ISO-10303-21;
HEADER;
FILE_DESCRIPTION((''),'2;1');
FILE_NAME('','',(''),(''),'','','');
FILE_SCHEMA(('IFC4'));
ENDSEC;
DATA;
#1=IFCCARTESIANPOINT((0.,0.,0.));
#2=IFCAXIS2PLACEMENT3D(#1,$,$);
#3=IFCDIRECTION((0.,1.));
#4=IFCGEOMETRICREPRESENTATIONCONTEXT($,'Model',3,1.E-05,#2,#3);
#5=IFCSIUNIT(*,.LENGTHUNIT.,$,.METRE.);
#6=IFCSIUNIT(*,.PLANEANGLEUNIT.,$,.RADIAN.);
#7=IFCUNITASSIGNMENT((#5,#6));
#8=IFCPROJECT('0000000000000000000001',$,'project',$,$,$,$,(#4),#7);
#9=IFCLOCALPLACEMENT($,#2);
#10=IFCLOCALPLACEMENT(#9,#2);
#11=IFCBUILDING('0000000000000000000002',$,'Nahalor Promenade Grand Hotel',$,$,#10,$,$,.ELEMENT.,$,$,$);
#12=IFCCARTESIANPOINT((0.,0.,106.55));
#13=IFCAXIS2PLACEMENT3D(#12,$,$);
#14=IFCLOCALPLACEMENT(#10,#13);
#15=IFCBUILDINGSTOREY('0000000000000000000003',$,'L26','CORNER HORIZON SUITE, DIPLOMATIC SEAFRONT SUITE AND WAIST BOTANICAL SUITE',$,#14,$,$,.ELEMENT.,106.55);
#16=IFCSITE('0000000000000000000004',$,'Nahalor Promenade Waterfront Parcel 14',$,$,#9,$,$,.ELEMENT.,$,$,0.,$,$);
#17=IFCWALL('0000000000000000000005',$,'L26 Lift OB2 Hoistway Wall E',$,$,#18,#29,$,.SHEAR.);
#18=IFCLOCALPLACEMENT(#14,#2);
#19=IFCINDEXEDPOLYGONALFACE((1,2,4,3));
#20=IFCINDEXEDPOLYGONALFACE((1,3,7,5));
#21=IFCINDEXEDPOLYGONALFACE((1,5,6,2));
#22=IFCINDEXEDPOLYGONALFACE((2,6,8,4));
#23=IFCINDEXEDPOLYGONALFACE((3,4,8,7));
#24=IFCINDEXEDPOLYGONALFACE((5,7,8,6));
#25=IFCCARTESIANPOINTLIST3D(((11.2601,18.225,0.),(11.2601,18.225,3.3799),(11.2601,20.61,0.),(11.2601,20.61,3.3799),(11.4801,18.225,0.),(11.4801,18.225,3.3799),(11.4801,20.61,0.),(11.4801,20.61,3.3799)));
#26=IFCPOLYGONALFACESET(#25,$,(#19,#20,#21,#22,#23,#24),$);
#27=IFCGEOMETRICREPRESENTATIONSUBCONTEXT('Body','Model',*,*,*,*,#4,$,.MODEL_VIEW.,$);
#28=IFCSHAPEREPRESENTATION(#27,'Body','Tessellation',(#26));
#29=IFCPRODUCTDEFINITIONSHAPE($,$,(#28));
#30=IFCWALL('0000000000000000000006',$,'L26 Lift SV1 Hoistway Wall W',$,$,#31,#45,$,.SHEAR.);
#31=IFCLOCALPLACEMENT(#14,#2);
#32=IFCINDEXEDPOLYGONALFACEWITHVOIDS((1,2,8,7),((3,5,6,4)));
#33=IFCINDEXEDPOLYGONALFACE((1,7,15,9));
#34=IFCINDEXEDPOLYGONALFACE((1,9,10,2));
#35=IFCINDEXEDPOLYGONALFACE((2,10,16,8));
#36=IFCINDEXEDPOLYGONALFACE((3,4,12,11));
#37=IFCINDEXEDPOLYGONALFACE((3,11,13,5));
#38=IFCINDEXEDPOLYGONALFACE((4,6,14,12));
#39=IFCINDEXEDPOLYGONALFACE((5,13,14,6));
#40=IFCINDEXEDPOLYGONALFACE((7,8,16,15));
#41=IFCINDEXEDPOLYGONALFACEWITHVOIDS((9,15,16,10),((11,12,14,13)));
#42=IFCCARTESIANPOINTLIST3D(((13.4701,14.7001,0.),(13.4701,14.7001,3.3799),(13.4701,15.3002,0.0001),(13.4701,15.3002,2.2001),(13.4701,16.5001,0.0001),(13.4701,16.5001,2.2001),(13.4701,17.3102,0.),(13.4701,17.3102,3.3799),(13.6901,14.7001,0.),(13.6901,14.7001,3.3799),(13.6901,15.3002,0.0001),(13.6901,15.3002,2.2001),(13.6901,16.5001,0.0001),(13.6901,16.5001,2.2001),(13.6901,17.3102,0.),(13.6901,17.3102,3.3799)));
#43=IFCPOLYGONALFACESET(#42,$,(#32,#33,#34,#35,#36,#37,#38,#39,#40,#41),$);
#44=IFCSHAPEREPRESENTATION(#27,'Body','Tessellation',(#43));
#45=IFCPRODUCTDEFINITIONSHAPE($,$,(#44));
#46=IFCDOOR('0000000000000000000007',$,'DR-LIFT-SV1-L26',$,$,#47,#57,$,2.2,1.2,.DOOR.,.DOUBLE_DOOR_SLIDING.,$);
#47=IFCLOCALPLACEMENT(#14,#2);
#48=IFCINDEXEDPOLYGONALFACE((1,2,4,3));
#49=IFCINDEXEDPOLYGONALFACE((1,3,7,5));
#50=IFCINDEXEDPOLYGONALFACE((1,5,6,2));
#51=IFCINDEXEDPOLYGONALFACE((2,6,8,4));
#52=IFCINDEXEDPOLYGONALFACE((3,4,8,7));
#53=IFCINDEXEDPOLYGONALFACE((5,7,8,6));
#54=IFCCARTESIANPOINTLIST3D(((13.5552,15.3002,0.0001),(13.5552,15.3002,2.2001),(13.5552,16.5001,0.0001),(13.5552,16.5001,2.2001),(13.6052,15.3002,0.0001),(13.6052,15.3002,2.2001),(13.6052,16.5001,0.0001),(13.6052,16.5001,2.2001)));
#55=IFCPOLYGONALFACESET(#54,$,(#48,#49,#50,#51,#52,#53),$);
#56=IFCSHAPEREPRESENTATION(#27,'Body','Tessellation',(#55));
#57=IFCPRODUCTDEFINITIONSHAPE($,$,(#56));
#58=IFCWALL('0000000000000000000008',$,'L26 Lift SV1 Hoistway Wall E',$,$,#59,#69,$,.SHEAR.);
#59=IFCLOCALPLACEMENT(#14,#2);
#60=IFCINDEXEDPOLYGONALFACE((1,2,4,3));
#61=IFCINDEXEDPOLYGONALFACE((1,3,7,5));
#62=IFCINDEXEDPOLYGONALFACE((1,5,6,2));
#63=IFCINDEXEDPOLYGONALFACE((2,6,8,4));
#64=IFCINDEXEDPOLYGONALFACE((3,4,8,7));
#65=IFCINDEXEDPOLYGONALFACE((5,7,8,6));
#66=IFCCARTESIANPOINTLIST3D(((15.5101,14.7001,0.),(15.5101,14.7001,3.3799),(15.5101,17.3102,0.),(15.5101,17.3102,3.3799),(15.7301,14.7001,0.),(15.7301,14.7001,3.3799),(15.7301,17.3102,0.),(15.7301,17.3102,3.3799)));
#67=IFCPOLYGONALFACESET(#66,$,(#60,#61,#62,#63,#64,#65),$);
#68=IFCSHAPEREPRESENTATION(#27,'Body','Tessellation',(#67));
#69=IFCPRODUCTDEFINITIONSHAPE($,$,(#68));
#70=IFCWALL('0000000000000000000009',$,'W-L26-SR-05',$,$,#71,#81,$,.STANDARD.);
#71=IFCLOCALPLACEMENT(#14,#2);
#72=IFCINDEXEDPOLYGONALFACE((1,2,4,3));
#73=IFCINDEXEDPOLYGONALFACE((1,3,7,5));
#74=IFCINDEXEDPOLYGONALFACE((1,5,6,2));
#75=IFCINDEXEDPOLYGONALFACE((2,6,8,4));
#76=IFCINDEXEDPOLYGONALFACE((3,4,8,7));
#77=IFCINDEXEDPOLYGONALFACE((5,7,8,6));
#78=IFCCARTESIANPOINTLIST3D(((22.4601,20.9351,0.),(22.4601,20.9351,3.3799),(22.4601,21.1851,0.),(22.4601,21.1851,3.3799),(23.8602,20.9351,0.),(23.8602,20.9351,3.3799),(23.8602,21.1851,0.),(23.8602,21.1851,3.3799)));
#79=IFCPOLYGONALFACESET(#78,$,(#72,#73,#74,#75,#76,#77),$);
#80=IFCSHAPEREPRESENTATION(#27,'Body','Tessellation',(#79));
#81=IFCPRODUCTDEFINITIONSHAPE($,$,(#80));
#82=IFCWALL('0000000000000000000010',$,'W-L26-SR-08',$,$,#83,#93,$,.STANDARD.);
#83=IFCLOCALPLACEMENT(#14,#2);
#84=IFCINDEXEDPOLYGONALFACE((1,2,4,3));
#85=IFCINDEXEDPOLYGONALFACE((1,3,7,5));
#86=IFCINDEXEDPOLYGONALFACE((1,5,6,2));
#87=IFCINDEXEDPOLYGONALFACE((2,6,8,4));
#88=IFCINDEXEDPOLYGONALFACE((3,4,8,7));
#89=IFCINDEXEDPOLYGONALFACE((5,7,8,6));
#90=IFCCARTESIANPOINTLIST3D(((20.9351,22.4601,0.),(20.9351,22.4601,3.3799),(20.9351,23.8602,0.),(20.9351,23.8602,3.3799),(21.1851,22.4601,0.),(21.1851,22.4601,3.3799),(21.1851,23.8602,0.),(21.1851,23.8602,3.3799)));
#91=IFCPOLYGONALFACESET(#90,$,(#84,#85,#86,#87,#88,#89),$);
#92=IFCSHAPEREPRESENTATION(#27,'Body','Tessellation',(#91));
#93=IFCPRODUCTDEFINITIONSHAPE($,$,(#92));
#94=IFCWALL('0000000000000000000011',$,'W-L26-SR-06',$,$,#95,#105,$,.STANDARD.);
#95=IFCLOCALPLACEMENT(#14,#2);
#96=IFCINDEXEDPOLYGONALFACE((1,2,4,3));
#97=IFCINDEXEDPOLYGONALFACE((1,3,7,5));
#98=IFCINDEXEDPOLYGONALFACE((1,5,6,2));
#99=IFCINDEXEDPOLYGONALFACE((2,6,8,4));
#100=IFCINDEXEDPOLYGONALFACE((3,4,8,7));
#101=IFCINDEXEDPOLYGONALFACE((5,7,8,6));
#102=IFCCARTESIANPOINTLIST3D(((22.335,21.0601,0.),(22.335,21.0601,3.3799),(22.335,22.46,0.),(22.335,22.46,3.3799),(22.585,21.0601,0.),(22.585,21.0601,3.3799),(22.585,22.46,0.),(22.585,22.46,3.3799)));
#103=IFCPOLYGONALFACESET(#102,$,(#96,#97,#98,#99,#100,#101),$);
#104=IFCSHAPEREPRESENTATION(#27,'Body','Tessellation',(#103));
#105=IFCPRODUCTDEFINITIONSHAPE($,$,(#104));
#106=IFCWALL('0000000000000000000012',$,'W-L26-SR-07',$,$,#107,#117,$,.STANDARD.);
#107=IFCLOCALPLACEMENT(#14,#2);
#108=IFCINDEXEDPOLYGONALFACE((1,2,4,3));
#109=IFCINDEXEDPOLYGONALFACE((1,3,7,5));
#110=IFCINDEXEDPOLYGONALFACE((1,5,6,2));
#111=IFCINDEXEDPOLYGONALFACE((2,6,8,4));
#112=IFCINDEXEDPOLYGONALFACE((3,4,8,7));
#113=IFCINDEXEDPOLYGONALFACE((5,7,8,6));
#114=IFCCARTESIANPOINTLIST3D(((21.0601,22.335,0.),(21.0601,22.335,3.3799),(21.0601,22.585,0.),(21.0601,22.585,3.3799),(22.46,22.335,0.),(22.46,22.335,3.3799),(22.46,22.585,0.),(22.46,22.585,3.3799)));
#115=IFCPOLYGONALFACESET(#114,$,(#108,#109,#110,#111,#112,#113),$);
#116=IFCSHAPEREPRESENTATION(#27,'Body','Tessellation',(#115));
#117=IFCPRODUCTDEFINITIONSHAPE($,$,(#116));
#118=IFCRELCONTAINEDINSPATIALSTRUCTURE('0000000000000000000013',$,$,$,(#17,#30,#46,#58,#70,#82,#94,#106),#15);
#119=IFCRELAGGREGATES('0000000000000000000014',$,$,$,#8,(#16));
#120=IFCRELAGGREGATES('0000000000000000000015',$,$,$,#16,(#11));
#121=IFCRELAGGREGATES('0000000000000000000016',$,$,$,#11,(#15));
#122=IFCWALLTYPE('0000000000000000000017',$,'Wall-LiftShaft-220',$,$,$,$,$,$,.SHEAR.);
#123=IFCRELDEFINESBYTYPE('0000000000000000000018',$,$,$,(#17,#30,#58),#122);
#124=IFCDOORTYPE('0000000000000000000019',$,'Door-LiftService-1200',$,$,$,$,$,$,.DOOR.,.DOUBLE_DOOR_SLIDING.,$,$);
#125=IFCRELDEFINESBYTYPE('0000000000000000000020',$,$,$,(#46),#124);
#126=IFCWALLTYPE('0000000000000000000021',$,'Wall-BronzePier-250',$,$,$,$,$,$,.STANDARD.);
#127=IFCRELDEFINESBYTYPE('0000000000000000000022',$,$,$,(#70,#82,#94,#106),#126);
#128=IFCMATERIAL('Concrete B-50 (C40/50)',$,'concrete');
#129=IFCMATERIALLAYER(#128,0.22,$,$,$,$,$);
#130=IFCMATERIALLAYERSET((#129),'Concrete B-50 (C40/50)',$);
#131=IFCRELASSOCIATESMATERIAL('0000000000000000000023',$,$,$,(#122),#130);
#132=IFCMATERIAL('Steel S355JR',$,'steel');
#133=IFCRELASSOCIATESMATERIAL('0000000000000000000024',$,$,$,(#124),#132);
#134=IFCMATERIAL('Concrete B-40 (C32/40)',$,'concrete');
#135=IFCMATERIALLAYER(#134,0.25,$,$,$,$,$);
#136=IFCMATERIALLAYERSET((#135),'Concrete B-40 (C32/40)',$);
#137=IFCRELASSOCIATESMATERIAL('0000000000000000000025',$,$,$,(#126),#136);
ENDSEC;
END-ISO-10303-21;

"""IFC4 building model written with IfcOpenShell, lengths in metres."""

from ifc_helpers import new_model, si_unit, direction, frame, frame_2d, origin, place, context, subcontext, project, spatial, rectangle, extrude, source, transform, mapped, material, layer, layer_set, type_object, element, fill, save


model = new_model("IFC4")

# Units and contexts
model_context = context("Model", 3, precision=1e-05, world=origin(), true_north=direction((0.0, 1.0)))
body_context = subcontext(model_context, "Body", "Model", "MODEL_VIEW")
ifc_project = project(units=[si_unit("LENGTHUNIT", "METRE"), si_unit("PLANEANGLEUNIT", "RADIAN")], contexts=[model_context])

# Site, building, storey
site_placement = place(None, origin())
site = spatial("IfcSite", under=ifc_project, at=site_placement, Name="Nahalor Promenade Waterfront Parcel 14", CompositionType="ELEMENT", RefElevation=0.0)
building_placement = place(site_placement, origin())
building = spatial("IfcBuilding", under=site, at=building_placement, Name="Nahalor Promenade Grand Hotel", CompositionType="ELEMENT")
storey_placement = place(building_placement, frame((0.0, 0.0, 106.55)))
storey = spatial("IfcBuildingStorey", under=building, at=storey_placement, Name="L26", Description="CORNER HORIZON SUITE, DIPLOMATIC SEAFRONT SUITE AND WAIST BOTANICAL SUITE", CompositionType="ELEMENT", Elevation=106.55)

# Shared definitions
ifc_material_1 = material(Name="Steel S355JR", Category="steel")

# Shared definitions
ifc_material_2 = material(Name="Concrete B-50 (C40/50)", Category="concrete")
ifc_layer_1 = layer(ifc_material_2, 0.22)
ifc_layer_set_1 = layer_set([ifc_layer_1], Name="Concrete B-50 (C40/50)")
wall_type_1 = type_object("IfcWallType", Name="Wall-LiftShaft-220", PredefinedType="SHEAR", material=ifc_layer_set_1)

# Wall
shared_shape_1 = source(origin(), body_context, "Body", "SweptSolid", [
    extrude(rectangle(XDim=2.385, YDim=0.22, at=frame_2d((1.1924, 0.0))), origin(), (0.0, 0.0, 1.0), 3.3799),
])
for number, where, z_axis, x_axis, name in (
    (1, (11.3701, 18.2251, 0.0), (0.0, 0.0, 1.0), (0.0, 1.0, 0.0), "L26 Lift OB2 Hoistway Wall E"),
):
    element("IfcWall", number, at=place(storey_placement, frame(where, z_axis=z_axis, x_axis=x_axis)), inside=storey, type_object=wall_type_1, Name=name, PredefinedType="SHEAR", context=body_context, shape_type="MappedRepresentation", body=[
        mapped(shared_shape_1, transform((0.0, 0.0, 0.0), scale=1.0)),
    ])

# Wall, opening, door
shared_shape_2 = source(origin(), body_context, "Body", "SweptSolid", [
    extrude(rectangle(XDim=2.6101, YDim=0.22, at=frame_2d((1.3052, 0.0))), origin(), (0.0, 0.0, 1.0), 3.3799),
])
wall_1_placement = place(storey_placement, frame((13.5801, 14.7, 0.0), z_axis=(0.0, 0.0, 1.0), x_axis=(0.0, 1.0, 0.0)))
wall_1 = element("IfcWall", 2, at=wall_1_placement, inside=storey, type_object=wall_type_1, Name="L26 Lift SV1 Hoistway Wall W", PredefinedType="SHEAR", context=body_context, shape_type="MappedRepresentation", body=[
    mapped(shared_shape_2, transform((0.0, 0.0, 0.0), scale=1.0)),
])
opening_1_placement = place(wall_1_placement, frame((0.6001, 0.0, 0.0)))
opening_1 = element("IfcOpeningElement", 3, at=opening_1_placement, cuts=wall_1, PredefinedType="OPENING", context=body_context, shape_type="SweptSolid", body=[
    extrude(rectangle(XDim=1.2, YDim=2.2, at=frame_2d((0.6001, 1.1001))), frame((0.0, 0.1199, 0.0), z_axis=(0.0, -1.0, 0.0), x_axis=(1.0, 0.0, 0.0)), (0.0, 0.0, 1.0), 0.24),
])
door_type_1 = type_object("IfcDoorType", Name="Door-LiftService-1200", OperationType="DOUBLE_DOOR_SLIDING", PredefinedType="DOOR", material=ifc_material_1)
shared_shape_3 = source(origin(), body_context, "Body", "SweptSolid", [
    extrude(rectangle(XDim=1.2, YDim=2.2, at=frame_2d((0.6001, 1.1001))), frame((0.0, 0.0249, 0.0), z_axis=(0.0, -1.0, 0.0), x_axis=(1.0, 0.0, 0.0)), (0.0, 0.0, 1.0), 0.05),
])
door_1_placement = place(opening_1_placement, origin())
door_1 = element("IfcDoor", 4, at=door_1_placement, inside=storey, type_object=door_type_1, Name="DR-LIFT-SV1-L26", OperationType="DOUBLE_DOOR_SLIDING", OverallHeight=2.2, OverallWidth=1.2, PredefinedType="DOOR", context=body_context, shape_type="MappedRepresentation", body=[
    mapped(shared_shape_3, transform((0.0, 0.0, 0.0), scale=1.0)),
])
fill(opening_1, door_1)

# Walls
wall_2_placement = place(storey_placement, frame((15.6201, 14.7, 0.0), z_axis=(0.0, 0.0, 1.0), x_axis=(0.0, 1.0, 0.0)))
element("IfcWall", 5, at=wall_2_placement, inside=storey, type_object=wall_type_1, Name="L26 Lift SV1 Hoistway Wall E", PredefinedType="SHEAR", context=body_context, shape_type="MappedRepresentation", body=[
    mapped(shared_shape_2, transform((0.0, 0.0, 0.0), scale=1.0)),
])
ifc_material_3 = material(Name="Concrete B-40 (C32/40)", Category="concrete")
ifc_layer_2 = layer(ifc_material_3, 0.25)
ifc_layer_set_2 = layer_set([ifc_layer_2], Name="Concrete B-40 (C32/40)")
wall_type_2 = type_object("IfcWallType", Name="Wall-BronzePier-250", PredefinedType="STANDARD", material=ifc_layer_set_2)
shared_shape_4 = source(origin(), body_context, "Body", "SweptSolid", [
    extrude(rectangle(XDim=1.4001, YDim=0.25, at=frame_2d((0.7002, 0.0))), origin(), (0.0, 0.0, 1.0), 3.3799),
])
for number, where, z_axis, x_axis, name in (
    (6, (22.46, 21.0601, 0.0), (0.0, 0.0, 1.0), (1.0, 0.0, 0.0), "W-L26-SR-05"),
    (7, (21.0601, 22.46, 0.0), (0.0, 0.0, 1.0), (0.0, 1.0, 0.0), "W-L26-SR-08"),
):
    element("IfcWall", number, at=place(storey_placement, frame(where, z_axis=z_axis, x_axis=x_axis)), inside=storey, type_object=wall_type_2, Name=name, PredefinedType="STANDARD", context=body_context, shape_type="MappedRepresentation", body=[
        mapped(shared_shape_4, transform((0.0, 0.0, 0.0), scale=1.0)),
    ])
shared_shape_5 = source(origin(), body_context, "Body", "SweptSolid", [
    extrude(rectangle(XDim=1.3999, YDim=0.25, at=frame_2d((0.7, 0.0))), origin(), (0.0, 0.0, 1.0), 3.3799),
])
for number, where, z_axis, x_axis, name in (
    (8, (22.46, 21.0601, 0.0), (0.0, 0.0, 1.0), (0.0, 1.0, 0.0), "W-L26-SR-06"),
    (9, (21.0601, 22.46, 0.0), (0.0, 0.0, 1.0), (1.0, 0.0, 0.0), "W-L26-SR-07"),
):
    element("IfcWall", number, at=place(storey_placement, frame(where, z_axis=z_axis, x_axis=x_axis)), inside=storey, type_object=wall_type_2, Name=name, PredefinedType="STANDARD", context=body_context, shape_type="MappedRepresentation", body=[
        mapped(shared_shape_5, transform((0.0, 0.0, 0.0), scale=1.0)),
    ])

save(model, "model.ifc")
